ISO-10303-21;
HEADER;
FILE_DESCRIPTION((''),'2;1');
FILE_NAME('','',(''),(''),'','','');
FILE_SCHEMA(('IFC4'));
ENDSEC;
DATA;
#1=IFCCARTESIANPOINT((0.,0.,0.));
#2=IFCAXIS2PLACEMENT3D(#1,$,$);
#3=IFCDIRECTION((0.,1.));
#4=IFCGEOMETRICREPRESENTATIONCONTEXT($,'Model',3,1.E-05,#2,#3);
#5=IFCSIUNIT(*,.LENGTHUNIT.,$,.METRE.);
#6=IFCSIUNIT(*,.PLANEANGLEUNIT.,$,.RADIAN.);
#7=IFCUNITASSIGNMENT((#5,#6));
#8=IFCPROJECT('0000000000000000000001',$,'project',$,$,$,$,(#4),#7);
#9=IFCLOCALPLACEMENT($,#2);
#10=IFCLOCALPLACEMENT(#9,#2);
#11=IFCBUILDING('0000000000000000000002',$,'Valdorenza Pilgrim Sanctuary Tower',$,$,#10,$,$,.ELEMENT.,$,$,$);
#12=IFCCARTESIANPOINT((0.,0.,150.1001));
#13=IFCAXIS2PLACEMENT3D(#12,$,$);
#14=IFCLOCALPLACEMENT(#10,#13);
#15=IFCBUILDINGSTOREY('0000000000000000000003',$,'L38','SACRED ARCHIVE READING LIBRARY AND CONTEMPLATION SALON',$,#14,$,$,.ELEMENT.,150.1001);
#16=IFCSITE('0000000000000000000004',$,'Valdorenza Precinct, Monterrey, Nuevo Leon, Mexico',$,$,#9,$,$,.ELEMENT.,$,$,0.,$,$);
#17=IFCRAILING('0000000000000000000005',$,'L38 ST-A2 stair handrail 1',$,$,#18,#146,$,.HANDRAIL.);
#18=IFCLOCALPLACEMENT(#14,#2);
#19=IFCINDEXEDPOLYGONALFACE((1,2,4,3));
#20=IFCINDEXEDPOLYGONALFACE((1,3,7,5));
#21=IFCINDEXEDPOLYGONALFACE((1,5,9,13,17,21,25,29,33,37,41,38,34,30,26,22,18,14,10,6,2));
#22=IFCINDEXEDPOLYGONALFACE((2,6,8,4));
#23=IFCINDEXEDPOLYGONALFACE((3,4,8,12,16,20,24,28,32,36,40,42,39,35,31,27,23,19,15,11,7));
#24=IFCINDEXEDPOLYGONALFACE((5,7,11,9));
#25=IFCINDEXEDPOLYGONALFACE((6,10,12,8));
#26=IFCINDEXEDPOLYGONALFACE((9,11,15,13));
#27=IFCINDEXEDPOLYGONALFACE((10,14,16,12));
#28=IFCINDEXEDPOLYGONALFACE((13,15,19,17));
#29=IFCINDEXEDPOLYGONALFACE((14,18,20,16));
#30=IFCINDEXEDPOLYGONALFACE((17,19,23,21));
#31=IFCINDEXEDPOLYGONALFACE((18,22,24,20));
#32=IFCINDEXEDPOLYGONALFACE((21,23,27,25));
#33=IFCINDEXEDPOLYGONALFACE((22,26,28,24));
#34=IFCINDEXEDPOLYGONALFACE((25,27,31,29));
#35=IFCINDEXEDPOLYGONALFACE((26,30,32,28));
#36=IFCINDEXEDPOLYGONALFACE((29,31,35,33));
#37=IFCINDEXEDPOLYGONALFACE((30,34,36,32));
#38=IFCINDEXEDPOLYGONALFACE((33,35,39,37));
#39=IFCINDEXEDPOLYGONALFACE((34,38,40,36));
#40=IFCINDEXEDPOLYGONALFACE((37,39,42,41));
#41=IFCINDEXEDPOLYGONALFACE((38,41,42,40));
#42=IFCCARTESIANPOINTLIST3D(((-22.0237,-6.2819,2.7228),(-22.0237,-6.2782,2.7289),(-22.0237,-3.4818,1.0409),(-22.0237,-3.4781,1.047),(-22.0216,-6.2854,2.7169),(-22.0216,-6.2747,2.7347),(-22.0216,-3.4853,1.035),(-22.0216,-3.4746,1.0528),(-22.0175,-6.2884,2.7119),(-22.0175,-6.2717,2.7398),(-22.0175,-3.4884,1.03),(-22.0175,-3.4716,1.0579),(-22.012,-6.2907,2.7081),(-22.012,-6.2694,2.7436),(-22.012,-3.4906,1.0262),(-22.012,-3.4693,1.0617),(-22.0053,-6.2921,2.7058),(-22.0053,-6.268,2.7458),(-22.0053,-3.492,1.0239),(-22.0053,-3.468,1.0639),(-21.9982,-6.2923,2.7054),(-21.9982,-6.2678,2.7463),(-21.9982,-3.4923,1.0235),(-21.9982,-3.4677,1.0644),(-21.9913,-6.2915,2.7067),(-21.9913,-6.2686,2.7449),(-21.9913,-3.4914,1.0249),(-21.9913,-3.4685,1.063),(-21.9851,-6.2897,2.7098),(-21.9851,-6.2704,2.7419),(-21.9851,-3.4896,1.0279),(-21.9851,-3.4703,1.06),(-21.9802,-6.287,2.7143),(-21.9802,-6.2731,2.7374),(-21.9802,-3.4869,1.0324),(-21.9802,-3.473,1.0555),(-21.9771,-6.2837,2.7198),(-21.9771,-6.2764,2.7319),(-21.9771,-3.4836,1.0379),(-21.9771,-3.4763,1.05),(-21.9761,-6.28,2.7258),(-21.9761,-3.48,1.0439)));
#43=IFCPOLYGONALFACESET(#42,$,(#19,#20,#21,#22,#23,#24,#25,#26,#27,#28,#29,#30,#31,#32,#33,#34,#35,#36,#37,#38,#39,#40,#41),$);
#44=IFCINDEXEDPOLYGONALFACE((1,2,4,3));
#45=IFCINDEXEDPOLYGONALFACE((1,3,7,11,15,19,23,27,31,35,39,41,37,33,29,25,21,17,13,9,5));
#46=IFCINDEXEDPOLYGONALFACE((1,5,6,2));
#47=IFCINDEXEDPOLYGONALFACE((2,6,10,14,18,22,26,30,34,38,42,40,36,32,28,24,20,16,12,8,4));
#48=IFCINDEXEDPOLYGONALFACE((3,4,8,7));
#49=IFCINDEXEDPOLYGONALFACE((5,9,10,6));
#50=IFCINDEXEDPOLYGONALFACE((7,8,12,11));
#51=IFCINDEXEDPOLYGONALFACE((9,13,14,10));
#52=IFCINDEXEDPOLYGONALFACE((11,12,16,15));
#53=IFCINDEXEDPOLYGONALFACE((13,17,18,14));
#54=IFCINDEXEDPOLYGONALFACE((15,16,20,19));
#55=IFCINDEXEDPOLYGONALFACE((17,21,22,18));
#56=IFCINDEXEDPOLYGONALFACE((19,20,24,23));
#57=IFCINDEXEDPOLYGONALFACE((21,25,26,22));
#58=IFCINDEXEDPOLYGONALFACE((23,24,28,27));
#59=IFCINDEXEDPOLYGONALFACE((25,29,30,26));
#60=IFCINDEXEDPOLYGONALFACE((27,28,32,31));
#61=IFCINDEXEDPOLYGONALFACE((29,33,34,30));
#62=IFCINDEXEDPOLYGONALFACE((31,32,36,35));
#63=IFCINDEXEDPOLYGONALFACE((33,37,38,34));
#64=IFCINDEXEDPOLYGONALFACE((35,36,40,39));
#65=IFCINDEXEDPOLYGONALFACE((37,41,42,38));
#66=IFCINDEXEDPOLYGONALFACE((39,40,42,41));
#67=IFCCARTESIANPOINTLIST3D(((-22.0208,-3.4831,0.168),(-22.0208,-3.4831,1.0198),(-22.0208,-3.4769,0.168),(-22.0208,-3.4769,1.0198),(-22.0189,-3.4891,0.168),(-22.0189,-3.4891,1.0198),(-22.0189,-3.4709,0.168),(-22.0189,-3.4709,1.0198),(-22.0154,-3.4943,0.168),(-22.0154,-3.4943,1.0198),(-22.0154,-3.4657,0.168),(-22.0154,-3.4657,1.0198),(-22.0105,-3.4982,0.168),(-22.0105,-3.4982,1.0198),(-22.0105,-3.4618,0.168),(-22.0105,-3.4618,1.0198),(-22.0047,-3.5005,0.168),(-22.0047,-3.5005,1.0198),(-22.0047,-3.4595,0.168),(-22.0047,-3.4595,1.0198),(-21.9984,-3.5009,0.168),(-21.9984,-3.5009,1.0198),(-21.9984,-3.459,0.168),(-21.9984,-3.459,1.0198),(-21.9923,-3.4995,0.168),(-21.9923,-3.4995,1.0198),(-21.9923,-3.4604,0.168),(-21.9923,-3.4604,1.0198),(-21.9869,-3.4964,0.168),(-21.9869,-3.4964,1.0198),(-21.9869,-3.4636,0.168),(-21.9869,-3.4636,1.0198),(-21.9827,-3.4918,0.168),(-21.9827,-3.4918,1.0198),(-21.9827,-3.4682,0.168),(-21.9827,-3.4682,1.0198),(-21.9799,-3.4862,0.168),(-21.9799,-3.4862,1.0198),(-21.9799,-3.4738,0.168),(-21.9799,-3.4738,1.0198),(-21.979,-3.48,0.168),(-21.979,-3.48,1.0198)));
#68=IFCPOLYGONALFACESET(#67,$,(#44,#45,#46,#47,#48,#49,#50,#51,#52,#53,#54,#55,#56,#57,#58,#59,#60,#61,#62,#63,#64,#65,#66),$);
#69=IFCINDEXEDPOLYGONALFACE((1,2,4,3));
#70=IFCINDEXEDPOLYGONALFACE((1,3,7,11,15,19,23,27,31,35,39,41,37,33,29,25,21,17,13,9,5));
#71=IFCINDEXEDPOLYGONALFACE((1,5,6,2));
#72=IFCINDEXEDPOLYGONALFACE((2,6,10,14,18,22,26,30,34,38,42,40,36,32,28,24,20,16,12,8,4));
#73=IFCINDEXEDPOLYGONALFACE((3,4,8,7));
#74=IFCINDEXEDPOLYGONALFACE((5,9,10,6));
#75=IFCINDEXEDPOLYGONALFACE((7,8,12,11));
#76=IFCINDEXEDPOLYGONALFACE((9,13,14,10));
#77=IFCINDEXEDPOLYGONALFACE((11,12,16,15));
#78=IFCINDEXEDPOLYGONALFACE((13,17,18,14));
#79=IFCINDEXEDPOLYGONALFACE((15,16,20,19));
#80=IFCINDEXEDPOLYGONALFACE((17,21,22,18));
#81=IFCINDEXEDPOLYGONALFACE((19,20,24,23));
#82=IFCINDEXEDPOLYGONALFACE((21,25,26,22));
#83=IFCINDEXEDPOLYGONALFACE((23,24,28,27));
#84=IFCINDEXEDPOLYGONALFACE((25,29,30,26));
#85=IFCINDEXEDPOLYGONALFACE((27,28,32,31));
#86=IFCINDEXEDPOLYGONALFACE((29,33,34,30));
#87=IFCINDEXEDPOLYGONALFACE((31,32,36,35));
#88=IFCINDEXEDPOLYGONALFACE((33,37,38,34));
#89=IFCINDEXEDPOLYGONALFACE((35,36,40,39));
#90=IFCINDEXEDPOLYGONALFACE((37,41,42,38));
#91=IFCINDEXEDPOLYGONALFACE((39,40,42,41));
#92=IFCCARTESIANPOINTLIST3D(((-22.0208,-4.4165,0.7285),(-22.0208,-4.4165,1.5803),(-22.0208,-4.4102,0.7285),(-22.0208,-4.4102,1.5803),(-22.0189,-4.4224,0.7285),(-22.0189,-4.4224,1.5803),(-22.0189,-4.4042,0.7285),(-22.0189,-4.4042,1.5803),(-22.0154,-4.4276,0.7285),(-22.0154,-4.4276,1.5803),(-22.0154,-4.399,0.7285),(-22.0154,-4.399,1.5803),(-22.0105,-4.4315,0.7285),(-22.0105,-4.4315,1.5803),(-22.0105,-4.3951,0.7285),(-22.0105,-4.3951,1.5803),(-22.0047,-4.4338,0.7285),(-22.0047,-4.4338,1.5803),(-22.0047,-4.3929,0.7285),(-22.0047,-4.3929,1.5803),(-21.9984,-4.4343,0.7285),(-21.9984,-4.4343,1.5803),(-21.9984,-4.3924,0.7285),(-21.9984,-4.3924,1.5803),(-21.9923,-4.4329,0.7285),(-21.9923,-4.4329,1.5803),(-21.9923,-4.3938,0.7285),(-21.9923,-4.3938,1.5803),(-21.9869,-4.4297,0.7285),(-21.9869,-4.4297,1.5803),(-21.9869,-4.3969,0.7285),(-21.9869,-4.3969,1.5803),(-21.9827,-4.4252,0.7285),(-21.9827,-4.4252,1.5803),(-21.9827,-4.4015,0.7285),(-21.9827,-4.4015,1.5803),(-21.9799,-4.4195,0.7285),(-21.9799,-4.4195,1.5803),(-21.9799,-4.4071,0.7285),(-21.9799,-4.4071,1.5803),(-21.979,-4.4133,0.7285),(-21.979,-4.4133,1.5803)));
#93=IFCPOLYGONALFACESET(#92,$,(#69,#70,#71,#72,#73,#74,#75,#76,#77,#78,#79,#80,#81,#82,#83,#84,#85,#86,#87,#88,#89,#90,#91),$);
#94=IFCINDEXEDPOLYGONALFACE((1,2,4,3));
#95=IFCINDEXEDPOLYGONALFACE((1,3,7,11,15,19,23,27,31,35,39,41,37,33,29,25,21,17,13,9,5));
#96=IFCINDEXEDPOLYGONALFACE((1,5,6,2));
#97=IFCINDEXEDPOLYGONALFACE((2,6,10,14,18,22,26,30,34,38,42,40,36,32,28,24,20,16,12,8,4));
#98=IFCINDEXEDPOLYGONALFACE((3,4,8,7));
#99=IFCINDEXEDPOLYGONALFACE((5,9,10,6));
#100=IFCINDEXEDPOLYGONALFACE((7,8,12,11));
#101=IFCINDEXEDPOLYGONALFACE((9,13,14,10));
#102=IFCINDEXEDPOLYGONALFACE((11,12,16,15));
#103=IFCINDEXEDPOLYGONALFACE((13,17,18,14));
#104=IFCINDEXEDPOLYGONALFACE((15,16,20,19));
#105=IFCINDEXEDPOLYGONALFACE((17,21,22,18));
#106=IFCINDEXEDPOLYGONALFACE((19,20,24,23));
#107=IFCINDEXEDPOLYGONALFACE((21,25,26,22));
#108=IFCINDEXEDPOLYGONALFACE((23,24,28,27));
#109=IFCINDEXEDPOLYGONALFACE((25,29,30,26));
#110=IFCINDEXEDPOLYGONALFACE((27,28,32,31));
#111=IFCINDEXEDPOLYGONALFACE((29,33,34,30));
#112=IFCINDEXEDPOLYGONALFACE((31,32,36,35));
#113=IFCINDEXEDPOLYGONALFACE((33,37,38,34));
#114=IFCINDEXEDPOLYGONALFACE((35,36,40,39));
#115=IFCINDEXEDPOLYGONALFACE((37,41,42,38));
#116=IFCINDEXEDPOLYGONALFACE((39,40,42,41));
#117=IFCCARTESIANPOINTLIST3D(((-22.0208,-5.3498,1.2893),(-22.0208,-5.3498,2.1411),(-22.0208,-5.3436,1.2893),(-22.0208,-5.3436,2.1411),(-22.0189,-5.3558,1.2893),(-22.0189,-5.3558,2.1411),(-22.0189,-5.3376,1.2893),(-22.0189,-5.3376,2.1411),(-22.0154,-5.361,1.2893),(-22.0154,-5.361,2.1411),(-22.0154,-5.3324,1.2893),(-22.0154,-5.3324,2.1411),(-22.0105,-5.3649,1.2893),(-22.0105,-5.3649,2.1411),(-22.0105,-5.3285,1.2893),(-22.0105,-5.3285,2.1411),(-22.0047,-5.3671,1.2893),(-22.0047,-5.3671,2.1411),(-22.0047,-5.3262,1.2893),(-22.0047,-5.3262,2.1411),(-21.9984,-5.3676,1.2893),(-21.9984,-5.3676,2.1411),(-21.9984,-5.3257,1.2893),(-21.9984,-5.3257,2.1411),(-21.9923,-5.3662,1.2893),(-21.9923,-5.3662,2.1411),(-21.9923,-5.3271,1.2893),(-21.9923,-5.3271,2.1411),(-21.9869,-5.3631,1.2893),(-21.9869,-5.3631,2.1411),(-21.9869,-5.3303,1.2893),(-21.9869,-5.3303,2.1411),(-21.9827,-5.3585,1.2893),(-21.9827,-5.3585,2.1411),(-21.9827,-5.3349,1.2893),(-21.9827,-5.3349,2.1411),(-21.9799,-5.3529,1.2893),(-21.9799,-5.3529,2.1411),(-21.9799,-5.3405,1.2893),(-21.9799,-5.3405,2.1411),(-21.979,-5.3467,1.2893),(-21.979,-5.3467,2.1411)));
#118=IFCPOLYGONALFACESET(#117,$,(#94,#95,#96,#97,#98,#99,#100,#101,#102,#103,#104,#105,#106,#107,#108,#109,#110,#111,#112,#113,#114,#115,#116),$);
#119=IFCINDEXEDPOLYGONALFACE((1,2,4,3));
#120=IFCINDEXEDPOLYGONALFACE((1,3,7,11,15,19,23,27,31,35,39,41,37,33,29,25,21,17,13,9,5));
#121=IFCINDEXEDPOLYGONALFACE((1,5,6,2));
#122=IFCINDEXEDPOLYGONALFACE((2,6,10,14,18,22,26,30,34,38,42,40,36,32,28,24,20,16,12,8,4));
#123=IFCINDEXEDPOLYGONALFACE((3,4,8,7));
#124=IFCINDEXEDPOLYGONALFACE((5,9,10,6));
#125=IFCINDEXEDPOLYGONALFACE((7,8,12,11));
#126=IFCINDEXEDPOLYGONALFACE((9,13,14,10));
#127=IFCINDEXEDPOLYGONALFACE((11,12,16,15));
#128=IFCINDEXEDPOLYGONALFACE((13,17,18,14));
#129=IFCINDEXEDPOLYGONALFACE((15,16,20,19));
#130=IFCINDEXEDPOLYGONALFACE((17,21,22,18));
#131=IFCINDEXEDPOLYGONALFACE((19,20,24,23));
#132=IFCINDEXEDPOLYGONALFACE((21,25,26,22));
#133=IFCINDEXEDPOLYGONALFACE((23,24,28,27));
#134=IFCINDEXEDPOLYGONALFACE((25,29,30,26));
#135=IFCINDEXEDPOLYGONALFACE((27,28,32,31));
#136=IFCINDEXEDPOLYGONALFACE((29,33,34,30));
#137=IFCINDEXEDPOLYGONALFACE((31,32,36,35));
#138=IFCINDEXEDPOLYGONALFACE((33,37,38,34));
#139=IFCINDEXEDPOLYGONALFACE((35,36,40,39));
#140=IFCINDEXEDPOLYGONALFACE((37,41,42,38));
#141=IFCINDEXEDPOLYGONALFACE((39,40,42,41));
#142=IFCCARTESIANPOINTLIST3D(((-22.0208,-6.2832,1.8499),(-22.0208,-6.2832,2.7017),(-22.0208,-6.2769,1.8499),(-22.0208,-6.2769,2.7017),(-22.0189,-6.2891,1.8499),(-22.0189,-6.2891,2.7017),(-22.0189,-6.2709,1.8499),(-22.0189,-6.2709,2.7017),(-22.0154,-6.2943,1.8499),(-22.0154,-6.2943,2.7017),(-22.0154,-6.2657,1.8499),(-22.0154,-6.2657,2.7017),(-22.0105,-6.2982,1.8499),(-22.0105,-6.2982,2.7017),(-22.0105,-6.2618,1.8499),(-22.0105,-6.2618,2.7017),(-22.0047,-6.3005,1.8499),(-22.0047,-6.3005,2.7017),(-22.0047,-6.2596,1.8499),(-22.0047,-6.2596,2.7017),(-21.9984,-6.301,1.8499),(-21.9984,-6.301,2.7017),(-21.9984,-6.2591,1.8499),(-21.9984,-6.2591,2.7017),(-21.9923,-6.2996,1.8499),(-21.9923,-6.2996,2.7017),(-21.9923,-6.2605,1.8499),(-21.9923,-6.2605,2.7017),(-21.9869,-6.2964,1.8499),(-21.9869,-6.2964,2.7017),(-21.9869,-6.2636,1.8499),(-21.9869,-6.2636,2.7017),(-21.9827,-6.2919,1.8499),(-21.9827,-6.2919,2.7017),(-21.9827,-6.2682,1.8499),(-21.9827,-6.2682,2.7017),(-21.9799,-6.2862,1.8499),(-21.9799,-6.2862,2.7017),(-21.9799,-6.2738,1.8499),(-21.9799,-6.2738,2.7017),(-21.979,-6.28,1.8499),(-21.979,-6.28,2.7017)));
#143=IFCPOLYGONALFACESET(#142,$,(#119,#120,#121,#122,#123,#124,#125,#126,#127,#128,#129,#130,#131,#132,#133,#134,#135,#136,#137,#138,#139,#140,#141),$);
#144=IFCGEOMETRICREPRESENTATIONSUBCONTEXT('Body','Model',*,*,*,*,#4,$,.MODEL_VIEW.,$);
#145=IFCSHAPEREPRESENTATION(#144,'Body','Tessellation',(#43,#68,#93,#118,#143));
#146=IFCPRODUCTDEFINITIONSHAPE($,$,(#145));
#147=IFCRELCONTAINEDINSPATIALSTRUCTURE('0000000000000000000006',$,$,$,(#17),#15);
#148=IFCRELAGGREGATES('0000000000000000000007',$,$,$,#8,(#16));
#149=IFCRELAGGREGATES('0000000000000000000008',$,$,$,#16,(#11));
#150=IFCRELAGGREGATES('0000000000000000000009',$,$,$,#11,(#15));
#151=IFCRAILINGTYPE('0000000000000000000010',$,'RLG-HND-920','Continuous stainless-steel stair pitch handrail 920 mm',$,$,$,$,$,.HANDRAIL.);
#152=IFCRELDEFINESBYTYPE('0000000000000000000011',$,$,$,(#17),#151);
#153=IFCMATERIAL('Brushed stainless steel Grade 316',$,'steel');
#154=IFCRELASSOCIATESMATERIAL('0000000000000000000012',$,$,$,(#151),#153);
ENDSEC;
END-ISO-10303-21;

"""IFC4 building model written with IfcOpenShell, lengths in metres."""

from ifc_helpers import new_model, si_unit, direction, frame, origin, origin_2d, place, context, subcontext, project, spatial, circle, extrude, material, type_object, element, save


model = new_model("IFC4")

# Units and contexts
model_context = context("Model", 3, precision=1e-05, world=origin(), true_north=direction((0.0, 1.0)))
body_context = subcontext(model_context, "Body", "Model", "MODEL_VIEW")
ifc_project = project(units=[si_unit("LENGTHUNIT", "METRE"), si_unit("PLANEANGLEUNIT", "RADIAN")], contexts=[model_context])

# Site, building, storey
site_placement = place(None, origin())
site = spatial("IfcSite", under=ifc_project, at=site_placement, Name="Valdorenza Precinct, Monterrey, Nuevo Leon, Mexico", CompositionType="ELEMENT", RefElevation=0.0)
building_placement = place(site_placement, origin())
building = spatial("IfcBuilding", under=site, at=building_placement, Name="Valdorenza Pilgrim Sanctuary Tower", CompositionType="ELEMENT")
storey_placement = place(building_placement, frame((0.0, 0.0, 150.1001)))
storey = spatial("IfcBuildingStorey", under=building, at=storey_placement, Name="L38", Description="SACRED ARCHIVE READING LIBRARY AND CONTEMPLATION SALON", CompositionType="ELEMENT", Elevation=150.1001)

# Shared definitions
ifc_material_1 = material(Name="Brushed stainless steel Grade 316", Category="steel")

# Railing
railing_type_1 = type_object("IfcRailingType", Name="RLG-HND-920", Description="Continuous stainless-steel stair pitch handrail 920 mm", PredefinedType="HANDRAIL", material=ifc_material_1)
railing_1_placement = place(storey_placement, frame((-22.0, -3.48, 0.168)))
element("IfcRailing", 1, at=railing_1_placement, inside=storey, type_object=railing_type_1, Name="L38 ST-A2 stair handrail 1", PredefinedType="HANDRAIL", context=body_context, shape_type="SweptSolid", body=[
    extrude(circle(Radius=0.0239, at=origin_2d()), frame((0.0, 0.0, 0.876), z_axis=(0.0, -0.857242, 0.514913), x_axis=(1.0, 0.0, 0.0)), (0.0, 0.0, 1.0), 3.2664),
    extrude(circle(Radius=0.021, at=origin_2d()), origin(), (0.0, 0.0, 1.0), 0.8518),
    extrude(circle(Radius=0.021, at=origin_2d()), frame((0.0, -0.9333, 0.5605)), (0.0, 0.0, 1.0), 0.8518),
    extrude(circle(Radius=0.021, at=origin_2d()), frame((0.0, -1.8667, 1.1213)), (0.0, 0.0, 1.0), 0.8518),
    extrude(circle(Radius=0.021, at=origin_2d()), frame((0.0, -2.8, 1.6819)), (0.0, 0.0, 1.0), 0.8518),
])

save(model, "model.ifc")
